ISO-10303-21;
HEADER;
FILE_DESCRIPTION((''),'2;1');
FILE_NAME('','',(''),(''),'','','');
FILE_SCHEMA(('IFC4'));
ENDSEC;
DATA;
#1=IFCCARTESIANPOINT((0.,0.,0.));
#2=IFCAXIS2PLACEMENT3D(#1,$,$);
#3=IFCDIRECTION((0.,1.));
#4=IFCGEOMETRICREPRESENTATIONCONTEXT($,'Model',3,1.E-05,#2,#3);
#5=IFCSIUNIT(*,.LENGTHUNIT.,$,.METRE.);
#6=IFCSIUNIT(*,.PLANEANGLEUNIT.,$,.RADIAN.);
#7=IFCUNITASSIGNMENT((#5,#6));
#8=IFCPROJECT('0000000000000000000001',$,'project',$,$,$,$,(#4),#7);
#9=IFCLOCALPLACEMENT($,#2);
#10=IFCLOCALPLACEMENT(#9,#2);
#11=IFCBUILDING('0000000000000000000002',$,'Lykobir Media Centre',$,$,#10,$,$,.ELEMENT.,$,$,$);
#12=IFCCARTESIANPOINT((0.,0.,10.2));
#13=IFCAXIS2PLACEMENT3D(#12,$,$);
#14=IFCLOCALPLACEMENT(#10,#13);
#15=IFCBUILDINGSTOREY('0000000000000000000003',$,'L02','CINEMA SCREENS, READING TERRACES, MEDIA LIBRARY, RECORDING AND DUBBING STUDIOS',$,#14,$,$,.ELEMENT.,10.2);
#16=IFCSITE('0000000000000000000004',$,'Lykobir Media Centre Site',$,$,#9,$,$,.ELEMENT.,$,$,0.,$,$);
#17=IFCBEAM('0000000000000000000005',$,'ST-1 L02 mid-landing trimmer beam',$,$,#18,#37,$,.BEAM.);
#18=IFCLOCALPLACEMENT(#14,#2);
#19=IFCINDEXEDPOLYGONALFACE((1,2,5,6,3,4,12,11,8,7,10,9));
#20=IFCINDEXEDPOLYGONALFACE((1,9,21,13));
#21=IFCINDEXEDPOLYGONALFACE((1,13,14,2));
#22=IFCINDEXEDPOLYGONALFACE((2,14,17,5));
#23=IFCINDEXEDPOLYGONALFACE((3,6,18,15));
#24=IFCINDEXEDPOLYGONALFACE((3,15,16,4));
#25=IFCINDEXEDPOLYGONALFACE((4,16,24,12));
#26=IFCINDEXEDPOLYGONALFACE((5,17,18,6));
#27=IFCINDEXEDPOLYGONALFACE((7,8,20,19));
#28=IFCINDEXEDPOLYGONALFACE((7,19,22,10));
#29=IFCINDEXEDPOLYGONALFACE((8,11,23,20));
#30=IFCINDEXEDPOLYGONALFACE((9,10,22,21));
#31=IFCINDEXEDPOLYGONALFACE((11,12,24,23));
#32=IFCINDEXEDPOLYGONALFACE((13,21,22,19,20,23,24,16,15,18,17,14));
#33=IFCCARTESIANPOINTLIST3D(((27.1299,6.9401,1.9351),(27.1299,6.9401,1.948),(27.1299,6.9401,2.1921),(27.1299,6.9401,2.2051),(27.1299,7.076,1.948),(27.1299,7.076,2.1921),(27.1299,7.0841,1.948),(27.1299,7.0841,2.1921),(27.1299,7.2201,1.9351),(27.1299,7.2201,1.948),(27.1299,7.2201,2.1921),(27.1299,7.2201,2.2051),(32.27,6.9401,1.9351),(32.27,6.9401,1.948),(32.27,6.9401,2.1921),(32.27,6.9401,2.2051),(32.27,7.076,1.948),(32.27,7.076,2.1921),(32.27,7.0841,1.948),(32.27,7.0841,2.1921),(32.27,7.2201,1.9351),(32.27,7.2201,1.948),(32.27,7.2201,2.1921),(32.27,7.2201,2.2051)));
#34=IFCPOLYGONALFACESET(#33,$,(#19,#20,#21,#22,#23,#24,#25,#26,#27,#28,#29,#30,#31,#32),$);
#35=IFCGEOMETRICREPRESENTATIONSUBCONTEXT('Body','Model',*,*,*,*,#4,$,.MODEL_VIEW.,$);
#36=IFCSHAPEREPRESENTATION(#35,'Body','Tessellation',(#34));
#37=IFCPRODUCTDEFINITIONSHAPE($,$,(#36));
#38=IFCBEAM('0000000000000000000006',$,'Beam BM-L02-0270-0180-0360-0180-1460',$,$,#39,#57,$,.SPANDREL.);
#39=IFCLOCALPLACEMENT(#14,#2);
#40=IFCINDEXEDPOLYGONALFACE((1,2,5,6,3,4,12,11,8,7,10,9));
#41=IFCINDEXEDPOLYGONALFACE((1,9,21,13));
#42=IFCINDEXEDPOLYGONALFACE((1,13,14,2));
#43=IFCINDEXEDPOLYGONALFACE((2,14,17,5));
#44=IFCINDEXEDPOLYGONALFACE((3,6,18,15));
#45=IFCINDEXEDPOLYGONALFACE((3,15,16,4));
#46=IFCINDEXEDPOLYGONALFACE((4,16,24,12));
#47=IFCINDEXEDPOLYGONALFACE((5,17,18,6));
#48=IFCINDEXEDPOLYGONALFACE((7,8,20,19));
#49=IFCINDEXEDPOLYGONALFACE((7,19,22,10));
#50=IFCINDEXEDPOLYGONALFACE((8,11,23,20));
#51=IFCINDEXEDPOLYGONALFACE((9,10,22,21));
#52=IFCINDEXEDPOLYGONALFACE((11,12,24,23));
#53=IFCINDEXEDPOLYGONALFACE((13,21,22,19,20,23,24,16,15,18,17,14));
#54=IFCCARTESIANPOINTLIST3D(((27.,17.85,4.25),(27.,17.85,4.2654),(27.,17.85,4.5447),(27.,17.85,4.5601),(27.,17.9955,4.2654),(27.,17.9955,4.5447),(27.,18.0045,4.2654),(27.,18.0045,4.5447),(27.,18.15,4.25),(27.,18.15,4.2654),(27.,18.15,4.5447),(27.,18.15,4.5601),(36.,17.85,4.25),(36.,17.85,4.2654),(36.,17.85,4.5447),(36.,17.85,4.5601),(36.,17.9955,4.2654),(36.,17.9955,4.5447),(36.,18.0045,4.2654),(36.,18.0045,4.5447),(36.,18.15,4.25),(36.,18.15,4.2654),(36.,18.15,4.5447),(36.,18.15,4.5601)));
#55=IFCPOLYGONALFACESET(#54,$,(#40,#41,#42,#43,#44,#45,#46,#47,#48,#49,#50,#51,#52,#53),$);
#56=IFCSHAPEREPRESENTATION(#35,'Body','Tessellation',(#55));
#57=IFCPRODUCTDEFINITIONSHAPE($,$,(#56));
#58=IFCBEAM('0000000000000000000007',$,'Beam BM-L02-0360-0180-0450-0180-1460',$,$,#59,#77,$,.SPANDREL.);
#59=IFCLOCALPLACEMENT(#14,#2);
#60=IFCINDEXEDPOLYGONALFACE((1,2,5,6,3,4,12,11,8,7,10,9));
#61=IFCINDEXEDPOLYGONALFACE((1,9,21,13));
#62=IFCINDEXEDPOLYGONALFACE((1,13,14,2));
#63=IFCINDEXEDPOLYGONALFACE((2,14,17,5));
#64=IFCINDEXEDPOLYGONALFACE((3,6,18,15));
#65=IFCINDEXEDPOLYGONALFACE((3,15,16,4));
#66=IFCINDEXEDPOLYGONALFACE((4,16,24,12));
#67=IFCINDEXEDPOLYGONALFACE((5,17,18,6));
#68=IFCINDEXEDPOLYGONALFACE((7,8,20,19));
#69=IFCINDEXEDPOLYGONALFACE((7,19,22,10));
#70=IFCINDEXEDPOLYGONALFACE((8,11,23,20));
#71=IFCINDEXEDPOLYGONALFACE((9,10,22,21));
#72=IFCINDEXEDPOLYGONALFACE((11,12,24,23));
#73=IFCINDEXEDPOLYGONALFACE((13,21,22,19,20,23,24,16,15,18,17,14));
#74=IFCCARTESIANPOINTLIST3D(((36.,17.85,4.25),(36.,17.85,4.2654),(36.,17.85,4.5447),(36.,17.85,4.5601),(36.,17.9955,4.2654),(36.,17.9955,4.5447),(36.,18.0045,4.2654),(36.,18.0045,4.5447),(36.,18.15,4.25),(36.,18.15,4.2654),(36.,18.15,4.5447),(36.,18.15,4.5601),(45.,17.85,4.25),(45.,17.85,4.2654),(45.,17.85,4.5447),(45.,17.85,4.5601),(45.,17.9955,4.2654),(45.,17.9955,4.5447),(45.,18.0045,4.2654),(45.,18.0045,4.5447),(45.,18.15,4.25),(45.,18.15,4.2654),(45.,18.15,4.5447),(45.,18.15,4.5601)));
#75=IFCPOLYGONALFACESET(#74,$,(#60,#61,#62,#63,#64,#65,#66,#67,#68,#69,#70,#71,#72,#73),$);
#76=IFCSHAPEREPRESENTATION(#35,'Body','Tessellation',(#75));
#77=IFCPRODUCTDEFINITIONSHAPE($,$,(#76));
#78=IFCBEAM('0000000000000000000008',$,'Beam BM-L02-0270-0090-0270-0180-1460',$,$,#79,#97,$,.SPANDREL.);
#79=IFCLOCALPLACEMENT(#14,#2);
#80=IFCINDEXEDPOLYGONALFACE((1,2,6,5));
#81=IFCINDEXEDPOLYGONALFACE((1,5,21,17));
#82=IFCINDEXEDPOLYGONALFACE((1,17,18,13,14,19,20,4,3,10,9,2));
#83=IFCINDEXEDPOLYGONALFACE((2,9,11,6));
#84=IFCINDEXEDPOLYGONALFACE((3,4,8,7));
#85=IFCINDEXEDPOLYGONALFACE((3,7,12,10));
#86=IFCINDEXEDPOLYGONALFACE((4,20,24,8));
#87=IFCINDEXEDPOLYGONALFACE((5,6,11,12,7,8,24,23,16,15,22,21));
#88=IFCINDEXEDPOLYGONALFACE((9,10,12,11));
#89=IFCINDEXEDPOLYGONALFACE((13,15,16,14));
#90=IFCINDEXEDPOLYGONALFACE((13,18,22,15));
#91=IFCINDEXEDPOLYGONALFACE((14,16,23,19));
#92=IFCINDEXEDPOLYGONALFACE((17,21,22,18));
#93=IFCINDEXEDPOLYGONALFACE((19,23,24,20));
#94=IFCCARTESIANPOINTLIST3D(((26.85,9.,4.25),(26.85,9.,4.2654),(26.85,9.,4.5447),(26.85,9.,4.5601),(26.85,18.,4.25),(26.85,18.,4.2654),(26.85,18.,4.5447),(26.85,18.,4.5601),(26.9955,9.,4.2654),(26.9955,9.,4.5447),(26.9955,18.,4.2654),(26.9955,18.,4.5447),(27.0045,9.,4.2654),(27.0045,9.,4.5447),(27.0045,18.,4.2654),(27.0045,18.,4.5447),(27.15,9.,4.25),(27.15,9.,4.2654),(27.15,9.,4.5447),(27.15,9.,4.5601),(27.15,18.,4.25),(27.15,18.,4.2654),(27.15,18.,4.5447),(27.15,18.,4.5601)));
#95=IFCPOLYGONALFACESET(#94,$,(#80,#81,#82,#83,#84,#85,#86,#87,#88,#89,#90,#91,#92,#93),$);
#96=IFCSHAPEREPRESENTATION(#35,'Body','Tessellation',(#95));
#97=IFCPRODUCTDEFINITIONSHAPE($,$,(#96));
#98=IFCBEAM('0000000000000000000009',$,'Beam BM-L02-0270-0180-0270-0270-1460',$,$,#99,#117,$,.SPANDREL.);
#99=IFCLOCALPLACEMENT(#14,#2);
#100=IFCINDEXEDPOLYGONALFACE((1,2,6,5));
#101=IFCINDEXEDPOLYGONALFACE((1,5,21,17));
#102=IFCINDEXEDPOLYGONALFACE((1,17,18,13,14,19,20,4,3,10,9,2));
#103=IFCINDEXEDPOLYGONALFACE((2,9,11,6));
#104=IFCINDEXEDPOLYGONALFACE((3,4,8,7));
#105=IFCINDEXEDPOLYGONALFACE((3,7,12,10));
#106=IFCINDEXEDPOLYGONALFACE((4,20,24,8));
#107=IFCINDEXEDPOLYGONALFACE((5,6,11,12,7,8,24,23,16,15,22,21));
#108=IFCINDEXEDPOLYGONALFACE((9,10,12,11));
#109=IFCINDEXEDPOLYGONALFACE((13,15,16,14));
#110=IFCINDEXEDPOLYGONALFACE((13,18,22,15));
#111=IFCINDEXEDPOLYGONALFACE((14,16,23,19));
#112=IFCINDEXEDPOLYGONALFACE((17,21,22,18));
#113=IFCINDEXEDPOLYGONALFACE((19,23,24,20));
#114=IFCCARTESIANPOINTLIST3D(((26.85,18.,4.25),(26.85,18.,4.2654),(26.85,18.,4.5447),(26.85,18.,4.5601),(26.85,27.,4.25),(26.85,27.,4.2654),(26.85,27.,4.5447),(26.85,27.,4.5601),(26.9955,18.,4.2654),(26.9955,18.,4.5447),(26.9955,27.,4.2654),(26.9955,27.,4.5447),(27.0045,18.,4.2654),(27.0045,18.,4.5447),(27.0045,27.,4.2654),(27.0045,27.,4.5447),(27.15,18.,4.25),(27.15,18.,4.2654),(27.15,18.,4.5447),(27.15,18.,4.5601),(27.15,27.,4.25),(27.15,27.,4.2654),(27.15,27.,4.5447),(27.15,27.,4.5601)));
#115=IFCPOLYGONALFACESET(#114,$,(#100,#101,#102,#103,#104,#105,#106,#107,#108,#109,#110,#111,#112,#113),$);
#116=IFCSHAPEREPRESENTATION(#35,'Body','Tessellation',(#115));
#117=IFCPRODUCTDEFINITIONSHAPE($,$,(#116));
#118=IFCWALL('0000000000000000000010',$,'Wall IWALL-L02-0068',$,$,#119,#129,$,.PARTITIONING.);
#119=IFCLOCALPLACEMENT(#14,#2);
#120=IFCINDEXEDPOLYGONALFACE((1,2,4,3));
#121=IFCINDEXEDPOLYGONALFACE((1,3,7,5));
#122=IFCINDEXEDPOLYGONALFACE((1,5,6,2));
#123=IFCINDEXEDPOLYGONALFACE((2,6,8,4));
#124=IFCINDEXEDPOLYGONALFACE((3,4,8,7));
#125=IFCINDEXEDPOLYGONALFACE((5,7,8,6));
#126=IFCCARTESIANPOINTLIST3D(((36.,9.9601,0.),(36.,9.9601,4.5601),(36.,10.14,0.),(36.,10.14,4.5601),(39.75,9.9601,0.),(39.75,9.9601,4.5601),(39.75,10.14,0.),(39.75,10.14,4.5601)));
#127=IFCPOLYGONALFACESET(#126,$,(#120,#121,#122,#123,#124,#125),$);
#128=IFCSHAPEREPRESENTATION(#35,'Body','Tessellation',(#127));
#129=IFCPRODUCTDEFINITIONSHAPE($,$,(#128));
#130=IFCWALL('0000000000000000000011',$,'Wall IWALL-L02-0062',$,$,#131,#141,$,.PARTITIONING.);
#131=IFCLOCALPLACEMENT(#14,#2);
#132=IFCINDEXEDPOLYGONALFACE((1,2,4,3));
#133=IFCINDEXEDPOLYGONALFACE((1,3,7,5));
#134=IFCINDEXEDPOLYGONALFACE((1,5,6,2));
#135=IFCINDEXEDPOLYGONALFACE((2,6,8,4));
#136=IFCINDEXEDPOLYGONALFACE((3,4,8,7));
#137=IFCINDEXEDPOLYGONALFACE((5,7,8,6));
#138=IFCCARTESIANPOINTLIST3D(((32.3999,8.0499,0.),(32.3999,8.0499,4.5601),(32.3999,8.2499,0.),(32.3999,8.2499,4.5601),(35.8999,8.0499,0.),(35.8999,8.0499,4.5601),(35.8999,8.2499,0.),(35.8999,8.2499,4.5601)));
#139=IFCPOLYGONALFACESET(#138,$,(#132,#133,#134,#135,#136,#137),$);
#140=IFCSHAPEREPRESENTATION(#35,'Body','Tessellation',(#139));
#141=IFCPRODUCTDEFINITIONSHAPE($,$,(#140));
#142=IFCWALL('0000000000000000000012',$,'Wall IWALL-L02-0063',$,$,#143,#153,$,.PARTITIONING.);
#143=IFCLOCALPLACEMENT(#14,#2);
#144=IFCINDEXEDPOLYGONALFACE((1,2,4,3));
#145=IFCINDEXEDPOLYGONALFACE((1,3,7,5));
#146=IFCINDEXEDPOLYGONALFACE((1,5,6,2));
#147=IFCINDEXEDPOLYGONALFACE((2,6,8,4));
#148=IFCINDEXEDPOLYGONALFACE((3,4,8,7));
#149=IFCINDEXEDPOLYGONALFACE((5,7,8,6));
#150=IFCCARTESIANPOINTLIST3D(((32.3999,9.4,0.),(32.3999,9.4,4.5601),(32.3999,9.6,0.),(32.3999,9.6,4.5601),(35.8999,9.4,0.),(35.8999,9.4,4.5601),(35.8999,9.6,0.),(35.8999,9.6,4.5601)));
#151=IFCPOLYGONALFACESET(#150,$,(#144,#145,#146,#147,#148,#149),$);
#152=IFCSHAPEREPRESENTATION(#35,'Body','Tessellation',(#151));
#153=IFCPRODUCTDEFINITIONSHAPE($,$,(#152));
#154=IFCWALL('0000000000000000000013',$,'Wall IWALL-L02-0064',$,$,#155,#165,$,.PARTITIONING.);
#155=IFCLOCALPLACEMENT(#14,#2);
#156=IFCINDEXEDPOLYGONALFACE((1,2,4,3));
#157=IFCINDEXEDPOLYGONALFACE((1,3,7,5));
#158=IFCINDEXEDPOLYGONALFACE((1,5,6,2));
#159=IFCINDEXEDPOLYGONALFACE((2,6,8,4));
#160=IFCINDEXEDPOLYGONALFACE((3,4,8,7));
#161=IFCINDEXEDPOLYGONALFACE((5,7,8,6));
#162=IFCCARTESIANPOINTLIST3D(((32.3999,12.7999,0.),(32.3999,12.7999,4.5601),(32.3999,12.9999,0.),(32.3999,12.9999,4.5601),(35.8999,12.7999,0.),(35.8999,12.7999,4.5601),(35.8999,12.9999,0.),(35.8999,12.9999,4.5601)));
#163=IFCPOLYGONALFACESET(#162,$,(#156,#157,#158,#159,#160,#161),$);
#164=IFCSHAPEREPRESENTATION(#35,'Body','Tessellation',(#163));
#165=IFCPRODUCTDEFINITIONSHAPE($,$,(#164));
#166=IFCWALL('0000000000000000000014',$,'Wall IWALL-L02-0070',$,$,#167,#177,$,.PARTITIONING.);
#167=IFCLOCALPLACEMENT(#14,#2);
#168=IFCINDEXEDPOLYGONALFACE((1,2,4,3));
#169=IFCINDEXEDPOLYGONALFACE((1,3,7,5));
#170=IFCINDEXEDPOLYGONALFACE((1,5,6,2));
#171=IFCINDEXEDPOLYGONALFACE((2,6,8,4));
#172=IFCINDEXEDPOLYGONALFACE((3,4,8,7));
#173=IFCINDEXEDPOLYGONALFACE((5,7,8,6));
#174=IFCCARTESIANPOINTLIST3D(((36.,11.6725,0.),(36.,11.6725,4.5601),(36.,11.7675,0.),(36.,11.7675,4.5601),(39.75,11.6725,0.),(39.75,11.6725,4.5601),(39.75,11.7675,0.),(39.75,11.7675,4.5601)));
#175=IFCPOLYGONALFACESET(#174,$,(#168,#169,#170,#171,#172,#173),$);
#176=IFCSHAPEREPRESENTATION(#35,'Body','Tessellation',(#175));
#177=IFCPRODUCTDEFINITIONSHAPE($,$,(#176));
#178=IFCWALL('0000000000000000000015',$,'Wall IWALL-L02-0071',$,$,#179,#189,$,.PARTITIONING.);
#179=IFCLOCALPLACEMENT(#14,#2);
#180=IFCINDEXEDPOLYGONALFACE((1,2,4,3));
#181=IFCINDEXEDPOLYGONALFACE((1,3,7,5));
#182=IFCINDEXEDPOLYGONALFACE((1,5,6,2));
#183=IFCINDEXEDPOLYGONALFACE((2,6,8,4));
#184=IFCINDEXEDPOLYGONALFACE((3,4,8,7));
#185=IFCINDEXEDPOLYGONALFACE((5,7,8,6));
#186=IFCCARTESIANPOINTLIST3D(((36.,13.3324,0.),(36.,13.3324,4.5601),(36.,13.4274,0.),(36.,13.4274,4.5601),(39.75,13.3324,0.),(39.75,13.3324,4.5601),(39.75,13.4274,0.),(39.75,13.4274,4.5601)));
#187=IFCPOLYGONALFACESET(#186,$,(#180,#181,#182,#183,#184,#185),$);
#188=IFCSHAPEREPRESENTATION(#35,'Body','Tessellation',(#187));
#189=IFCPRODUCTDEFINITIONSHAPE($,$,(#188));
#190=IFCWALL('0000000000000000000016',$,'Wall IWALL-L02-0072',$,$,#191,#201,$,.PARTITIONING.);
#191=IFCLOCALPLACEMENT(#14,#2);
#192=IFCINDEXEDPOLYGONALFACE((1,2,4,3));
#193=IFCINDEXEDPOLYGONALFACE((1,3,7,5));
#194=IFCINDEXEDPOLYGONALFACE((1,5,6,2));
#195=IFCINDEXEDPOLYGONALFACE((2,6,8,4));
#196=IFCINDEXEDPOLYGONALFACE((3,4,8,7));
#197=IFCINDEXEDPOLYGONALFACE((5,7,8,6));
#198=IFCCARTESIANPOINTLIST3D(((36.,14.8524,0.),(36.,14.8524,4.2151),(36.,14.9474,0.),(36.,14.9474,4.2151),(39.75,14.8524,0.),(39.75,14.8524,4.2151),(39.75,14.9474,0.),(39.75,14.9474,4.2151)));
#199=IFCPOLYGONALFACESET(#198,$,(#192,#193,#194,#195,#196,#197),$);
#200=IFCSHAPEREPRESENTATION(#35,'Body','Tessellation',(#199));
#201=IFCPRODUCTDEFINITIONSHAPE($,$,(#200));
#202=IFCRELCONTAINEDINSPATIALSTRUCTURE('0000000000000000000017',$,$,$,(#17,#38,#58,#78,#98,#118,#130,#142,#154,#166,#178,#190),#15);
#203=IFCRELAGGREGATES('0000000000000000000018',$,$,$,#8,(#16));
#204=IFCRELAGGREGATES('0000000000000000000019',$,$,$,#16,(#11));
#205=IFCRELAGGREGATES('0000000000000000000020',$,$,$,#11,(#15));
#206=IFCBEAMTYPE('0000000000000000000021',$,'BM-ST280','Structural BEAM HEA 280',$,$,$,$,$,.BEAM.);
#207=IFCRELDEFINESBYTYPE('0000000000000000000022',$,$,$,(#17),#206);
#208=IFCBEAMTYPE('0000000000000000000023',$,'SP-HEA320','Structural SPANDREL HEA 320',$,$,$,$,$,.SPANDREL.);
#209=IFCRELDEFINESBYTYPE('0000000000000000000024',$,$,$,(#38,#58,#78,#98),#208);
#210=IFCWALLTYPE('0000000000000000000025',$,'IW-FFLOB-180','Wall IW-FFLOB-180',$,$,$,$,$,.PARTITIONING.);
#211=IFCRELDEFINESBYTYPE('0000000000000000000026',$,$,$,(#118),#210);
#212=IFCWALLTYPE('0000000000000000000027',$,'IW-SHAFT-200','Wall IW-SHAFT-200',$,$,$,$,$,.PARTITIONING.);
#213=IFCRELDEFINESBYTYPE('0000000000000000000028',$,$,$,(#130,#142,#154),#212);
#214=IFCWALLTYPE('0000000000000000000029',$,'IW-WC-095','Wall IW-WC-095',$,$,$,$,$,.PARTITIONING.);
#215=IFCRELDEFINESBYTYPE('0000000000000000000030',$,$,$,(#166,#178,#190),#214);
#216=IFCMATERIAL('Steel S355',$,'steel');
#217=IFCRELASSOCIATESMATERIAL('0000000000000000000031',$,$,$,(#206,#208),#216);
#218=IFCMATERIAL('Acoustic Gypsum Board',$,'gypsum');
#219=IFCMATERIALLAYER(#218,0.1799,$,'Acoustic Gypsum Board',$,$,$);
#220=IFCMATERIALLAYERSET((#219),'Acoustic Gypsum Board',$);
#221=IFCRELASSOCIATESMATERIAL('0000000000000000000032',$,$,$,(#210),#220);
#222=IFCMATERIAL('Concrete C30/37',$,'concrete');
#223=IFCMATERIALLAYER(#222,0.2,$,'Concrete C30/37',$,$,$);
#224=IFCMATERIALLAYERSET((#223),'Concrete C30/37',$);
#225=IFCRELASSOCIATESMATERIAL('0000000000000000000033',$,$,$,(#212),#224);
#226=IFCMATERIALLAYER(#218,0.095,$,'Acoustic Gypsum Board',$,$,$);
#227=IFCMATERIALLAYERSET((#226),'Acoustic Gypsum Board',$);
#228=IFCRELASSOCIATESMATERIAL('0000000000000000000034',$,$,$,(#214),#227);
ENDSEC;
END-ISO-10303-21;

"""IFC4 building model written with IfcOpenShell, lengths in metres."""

from ifc_helpers import new_model, si_unit, direction, frame, frame_2d, origin, origin_2d, place, context, subcontext, project, spatial, rectangle, i_section, extrude, material, layer, layer_set, material_profile, profile_set, type_object, element, save


model = new_model("IFC4")

# Units and contexts
model_context = context("Model", 3, precision=1e-05, world=origin(), true_north=direction((0.0, 1.0)))
body_context = subcontext(model_context, "Body", "Model", "MODEL_VIEW")
ifc_project = project(units=[si_unit("LENGTHUNIT", "METRE"), si_unit("PLANEANGLEUNIT", "RADIAN")], contexts=[model_context])

# Site, building, storey
site_placement = place(None, origin())
site = spatial("IfcSite", under=ifc_project, at=site_placement, Name="Lykobir Media Centre Site", CompositionType="ELEMENT", RefElevation=0.0)
building_placement = place(site_placement, origin())
building = spatial("IfcBuilding", under=site, at=building_placement, Name="Lykobir Media Centre", CompositionType="ELEMENT")
storey_placement = place(building_placement, frame((0.0, 0.0, 10.2)))
storey = spatial("IfcBuildingStorey", under=building, at=storey_placement, Name="L02", Description="CINEMA SCREENS, READING TERRACES, MEDIA LIBRARY, RECORDING AND DUBBING STUDIOS", CompositionType="ELEMENT", Elevation=10.2)

# Shared definitions
ifc_material_1 = material(Name="Steel S355", Category="steel")

# Beams
ifc_material_profile_1 = material_profile(ifc_material_1, i_section(OverallWidth=0.28, OverallDepth=0.27, WebThickness=0.0081, FlangeThickness=0.0129, at=origin_2d()), Name="HEA 280")
ifc_profile_set_1 = profile_set([ifc_material_profile_1], Name="Steel S355")
beam_type_1 = type_object("IfcBeamType", Name="BM-ST280", Description="Structural BEAM HEA 280", PredefinedType="BEAM", material=ifc_profile_set_1)
beam_1_placement = place(storey_placement, frame((27.1299, 7.0801, 2.0701), z_axis=(1.0, 0.0, 0.0), x_axis=(0.0, 1.0, 0.0)))
element("IfcBeam", 1, at=beam_1_placement, inside=storey, type_object=beam_type_1, Name="ST-1 L02 mid-landing trimmer beam", PredefinedType="BEAM", context=body_context, shape_type="SweptSolid", body=[
    extrude(i_section(OverallWidth=0.28, OverallDepth=0.27, WebThickness=0.0081, FlangeThickness=0.0129, at=origin_2d()), origin(), (0.0, 0.0, 1.0), 5.1401),
])
ifc_material_profile_2 = material_profile(ifc_material_1, i_section(OverallWidth=0.3, OverallDepth=0.3101, WebThickness=0.009, FlangeThickness=0.0154, at=origin_2d()), Name="HEA 320")
ifc_profile_set_2 = profile_set([ifc_material_profile_2], Name="Steel S355")
beam_type_2 = type_object("IfcBeamType", Name="SP-HEA320", Description="Structural SPANDREL HEA 320", PredefinedType="SPANDREL", material=ifc_profile_set_2)
for number, where, z_axis, x_axis, name in (
    (2, (27.0, 18.0, 4.405), (1.0, 0.0, 0.0), (0.0, 1.0, 0.0), "Beam BM-L02-0270-0180-0360-0180-1460"),
    (3, (36.0, 18.0, 4.405), (1.0, 0.0, 0.0), (0.0, 1.0, 0.0), "Beam BM-L02-0360-0180-0450-0180-1460"),
    (4, (27.0, 9.0, 4.405), (0.0, 1.0, 0.0), (-1.0, 0.0, 0.0), "Beam BM-L02-0270-0090-0270-0180-1460"),
    (5, (27.0, 18.0, 4.405), (0.0, 1.0, 0.0), (-1.0, 0.0, 0.0), "Beam BM-L02-0270-0180-0270-0270-1460"),
):
    element("IfcBeam", number, at=place(storey_placement, frame(where, z_axis=z_axis, x_axis=x_axis)), inside=storey, type_object=beam_type_2, Name=name, PredefinedType="SPANDREL", context=body_context, shape_type="SweptSolid", body=[
        extrude(i_section(OverallWidth=0.3, OverallDepth=0.3101, WebThickness=0.009, FlangeThickness=0.0154, at=origin_2d()), origin(), (0.0, 0.0, 1.0), 9.0),
    ])

# Walls
ifc_material_2 = material(Name="Acoustic Gypsum Board", Category="gypsum")
ifc_layer_1 = layer(ifc_material_2, 0.1799, Name="Acoustic Gypsum Board")
ifc_layer_set_1 = layer_set([ifc_layer_1], Name="Acoustic Gypsum Board")
wall_type_1 = type_object("IfcWallType", Name="IW-FFLOB-180", Description="Wall IW-FFLOB-180", PredefinedType="PARTITIONING", material=ifc_layer_set_1)
wall_1_placement = place(storey_placement, frame((36.0, 10.05, 0.0), z_axis=(0.0, 0.0, 1.0), x_axis=(1.0, 0.0, 0.0)))
element("IfcWall", 6, at=wall_1_placement, inside=storey, type_object=wall_type_1, Name="Wall IWALL-L02-0068", PredefinedType="PARTITIONING", context=body_context, shape_type="SweptSolid", body=[
    extrude(rectangle(XDim=3.75, YDim=0.1799, at=frame_2d((1.875, 0.0))), origin(), (0.0, 0.0, 1.0), 4.5601),
])
ifc_material_3 = material(Name="Concrete C30/37", Category="concrete")
ifc_layer_2 = layer(ifc_material_3, 0.2, Name="Concrete C30/37")
ifc_layer_set_2 = layer_set([ifc_layer_2], Name="Concrete C30/37")
wall_type_2 = type_object("IfcWallType", Name="IW-SHAFT-200", Description="Wall IW-SHAFT-200", PredefinedType="PARTITIONING", material=ifc_layer_set_2)
for number, where, z_axis, x_axis, name in (
    (7, (32.3999, 8.1499, 0.0), (0.0, 0.0, 1.0), (1.0, 0.0, 0.0), "Wall IWALL-L02-0062"),
    (8, (32.3999, 9.5, 0.0), (0.0, 0.0, 1.0), (1.0, 0.0, 0.0), "Wall IWALL-L02-0063"),
    (9, (32.3999, 12.8999, 0.0), (0.0, 0.0, 1.0), (1.0, 0.0, 0.0), "Wall IWALL-L02-0064"),
):
    element("IfcWall", number, at=place(storey_placement, frame(where, z_axis=z_axis, x_axis=x_axis)), inside=storey, type_object=wall_type_2, Name=name, PredefinedType="PARTITIONING", context=body_context, shape_type="SweptSolid", body=[
        extrude(rectangle(XDim=3.5, YDim=0.2, at=frame_2d((1.75, 0.0))), origin(), (0.0, 0.0, 1.0), 4.5601),
    ])
ifc_layer_3 = layer(ifc_material_2, 0.095, Name="Acoustic Gypsum Board")
ifc_layer_set_3 = layer_set([ifc_layer_3], Name="Acoustic Gypsum Board")
wall_type_3 = type_object("IfcWallType", Name="IW-WC-095", Description="Wall IW-WC-095", PredefinedType="PARTITIONING", material=ifc_layer_set_3)
for number, where, z_axis, x_axis, name in (
    (10, (36.0, 11.72, 0.0), (0.0, 0.0, 1.0), (1.0, 0.0, 0.0), "Wall IWALL-L02-0070"),
    (11, (36.0, 13.3799, 0.0), (0.0, 0.0, 1.0), (1.0, 0.0, 0.0), "Wall IWALL-L02-0071"),
):
    element("IfcWall", number, at=place(storey_placement, frame(where, z_axis=z_axis, x_axis=x_axis)), inside=storey, type_object=wall_type_3, Name=name, PredefinedType="PARTITIONING", context=body_context, shape_type="SweptSolid", body=[
        extrude(rectangle(XDim=3.75, YDim=0.095, at=frame_2d((1.875, 0.0))), origin(), (0.0, 0.0, 1.0), 4.5601),
    ])
wall_2_placement = place(storey_placement, frame((36.0, 14.8999, 0.0), z_axis=(0.0, 0.0, 1.0), x_axis=(1.0, 0.0, 0.0)))
element("IfcWall", 12, at=wall_2_placement, inside=storey, type_object=wall_type_3, Name="Wall IWALL-L02-0072", PredefinedType="PARTITIONING", context=body_context, shape_type="SweptSolid", body=[
    extrude(rectangle(XDim=3.75, YDim=0.095, at=frame_2d((1.875, 0.0))), origin(), (0.0, 0.0, 1.0), 4.2151),
])

save(model, "model.ifc")
